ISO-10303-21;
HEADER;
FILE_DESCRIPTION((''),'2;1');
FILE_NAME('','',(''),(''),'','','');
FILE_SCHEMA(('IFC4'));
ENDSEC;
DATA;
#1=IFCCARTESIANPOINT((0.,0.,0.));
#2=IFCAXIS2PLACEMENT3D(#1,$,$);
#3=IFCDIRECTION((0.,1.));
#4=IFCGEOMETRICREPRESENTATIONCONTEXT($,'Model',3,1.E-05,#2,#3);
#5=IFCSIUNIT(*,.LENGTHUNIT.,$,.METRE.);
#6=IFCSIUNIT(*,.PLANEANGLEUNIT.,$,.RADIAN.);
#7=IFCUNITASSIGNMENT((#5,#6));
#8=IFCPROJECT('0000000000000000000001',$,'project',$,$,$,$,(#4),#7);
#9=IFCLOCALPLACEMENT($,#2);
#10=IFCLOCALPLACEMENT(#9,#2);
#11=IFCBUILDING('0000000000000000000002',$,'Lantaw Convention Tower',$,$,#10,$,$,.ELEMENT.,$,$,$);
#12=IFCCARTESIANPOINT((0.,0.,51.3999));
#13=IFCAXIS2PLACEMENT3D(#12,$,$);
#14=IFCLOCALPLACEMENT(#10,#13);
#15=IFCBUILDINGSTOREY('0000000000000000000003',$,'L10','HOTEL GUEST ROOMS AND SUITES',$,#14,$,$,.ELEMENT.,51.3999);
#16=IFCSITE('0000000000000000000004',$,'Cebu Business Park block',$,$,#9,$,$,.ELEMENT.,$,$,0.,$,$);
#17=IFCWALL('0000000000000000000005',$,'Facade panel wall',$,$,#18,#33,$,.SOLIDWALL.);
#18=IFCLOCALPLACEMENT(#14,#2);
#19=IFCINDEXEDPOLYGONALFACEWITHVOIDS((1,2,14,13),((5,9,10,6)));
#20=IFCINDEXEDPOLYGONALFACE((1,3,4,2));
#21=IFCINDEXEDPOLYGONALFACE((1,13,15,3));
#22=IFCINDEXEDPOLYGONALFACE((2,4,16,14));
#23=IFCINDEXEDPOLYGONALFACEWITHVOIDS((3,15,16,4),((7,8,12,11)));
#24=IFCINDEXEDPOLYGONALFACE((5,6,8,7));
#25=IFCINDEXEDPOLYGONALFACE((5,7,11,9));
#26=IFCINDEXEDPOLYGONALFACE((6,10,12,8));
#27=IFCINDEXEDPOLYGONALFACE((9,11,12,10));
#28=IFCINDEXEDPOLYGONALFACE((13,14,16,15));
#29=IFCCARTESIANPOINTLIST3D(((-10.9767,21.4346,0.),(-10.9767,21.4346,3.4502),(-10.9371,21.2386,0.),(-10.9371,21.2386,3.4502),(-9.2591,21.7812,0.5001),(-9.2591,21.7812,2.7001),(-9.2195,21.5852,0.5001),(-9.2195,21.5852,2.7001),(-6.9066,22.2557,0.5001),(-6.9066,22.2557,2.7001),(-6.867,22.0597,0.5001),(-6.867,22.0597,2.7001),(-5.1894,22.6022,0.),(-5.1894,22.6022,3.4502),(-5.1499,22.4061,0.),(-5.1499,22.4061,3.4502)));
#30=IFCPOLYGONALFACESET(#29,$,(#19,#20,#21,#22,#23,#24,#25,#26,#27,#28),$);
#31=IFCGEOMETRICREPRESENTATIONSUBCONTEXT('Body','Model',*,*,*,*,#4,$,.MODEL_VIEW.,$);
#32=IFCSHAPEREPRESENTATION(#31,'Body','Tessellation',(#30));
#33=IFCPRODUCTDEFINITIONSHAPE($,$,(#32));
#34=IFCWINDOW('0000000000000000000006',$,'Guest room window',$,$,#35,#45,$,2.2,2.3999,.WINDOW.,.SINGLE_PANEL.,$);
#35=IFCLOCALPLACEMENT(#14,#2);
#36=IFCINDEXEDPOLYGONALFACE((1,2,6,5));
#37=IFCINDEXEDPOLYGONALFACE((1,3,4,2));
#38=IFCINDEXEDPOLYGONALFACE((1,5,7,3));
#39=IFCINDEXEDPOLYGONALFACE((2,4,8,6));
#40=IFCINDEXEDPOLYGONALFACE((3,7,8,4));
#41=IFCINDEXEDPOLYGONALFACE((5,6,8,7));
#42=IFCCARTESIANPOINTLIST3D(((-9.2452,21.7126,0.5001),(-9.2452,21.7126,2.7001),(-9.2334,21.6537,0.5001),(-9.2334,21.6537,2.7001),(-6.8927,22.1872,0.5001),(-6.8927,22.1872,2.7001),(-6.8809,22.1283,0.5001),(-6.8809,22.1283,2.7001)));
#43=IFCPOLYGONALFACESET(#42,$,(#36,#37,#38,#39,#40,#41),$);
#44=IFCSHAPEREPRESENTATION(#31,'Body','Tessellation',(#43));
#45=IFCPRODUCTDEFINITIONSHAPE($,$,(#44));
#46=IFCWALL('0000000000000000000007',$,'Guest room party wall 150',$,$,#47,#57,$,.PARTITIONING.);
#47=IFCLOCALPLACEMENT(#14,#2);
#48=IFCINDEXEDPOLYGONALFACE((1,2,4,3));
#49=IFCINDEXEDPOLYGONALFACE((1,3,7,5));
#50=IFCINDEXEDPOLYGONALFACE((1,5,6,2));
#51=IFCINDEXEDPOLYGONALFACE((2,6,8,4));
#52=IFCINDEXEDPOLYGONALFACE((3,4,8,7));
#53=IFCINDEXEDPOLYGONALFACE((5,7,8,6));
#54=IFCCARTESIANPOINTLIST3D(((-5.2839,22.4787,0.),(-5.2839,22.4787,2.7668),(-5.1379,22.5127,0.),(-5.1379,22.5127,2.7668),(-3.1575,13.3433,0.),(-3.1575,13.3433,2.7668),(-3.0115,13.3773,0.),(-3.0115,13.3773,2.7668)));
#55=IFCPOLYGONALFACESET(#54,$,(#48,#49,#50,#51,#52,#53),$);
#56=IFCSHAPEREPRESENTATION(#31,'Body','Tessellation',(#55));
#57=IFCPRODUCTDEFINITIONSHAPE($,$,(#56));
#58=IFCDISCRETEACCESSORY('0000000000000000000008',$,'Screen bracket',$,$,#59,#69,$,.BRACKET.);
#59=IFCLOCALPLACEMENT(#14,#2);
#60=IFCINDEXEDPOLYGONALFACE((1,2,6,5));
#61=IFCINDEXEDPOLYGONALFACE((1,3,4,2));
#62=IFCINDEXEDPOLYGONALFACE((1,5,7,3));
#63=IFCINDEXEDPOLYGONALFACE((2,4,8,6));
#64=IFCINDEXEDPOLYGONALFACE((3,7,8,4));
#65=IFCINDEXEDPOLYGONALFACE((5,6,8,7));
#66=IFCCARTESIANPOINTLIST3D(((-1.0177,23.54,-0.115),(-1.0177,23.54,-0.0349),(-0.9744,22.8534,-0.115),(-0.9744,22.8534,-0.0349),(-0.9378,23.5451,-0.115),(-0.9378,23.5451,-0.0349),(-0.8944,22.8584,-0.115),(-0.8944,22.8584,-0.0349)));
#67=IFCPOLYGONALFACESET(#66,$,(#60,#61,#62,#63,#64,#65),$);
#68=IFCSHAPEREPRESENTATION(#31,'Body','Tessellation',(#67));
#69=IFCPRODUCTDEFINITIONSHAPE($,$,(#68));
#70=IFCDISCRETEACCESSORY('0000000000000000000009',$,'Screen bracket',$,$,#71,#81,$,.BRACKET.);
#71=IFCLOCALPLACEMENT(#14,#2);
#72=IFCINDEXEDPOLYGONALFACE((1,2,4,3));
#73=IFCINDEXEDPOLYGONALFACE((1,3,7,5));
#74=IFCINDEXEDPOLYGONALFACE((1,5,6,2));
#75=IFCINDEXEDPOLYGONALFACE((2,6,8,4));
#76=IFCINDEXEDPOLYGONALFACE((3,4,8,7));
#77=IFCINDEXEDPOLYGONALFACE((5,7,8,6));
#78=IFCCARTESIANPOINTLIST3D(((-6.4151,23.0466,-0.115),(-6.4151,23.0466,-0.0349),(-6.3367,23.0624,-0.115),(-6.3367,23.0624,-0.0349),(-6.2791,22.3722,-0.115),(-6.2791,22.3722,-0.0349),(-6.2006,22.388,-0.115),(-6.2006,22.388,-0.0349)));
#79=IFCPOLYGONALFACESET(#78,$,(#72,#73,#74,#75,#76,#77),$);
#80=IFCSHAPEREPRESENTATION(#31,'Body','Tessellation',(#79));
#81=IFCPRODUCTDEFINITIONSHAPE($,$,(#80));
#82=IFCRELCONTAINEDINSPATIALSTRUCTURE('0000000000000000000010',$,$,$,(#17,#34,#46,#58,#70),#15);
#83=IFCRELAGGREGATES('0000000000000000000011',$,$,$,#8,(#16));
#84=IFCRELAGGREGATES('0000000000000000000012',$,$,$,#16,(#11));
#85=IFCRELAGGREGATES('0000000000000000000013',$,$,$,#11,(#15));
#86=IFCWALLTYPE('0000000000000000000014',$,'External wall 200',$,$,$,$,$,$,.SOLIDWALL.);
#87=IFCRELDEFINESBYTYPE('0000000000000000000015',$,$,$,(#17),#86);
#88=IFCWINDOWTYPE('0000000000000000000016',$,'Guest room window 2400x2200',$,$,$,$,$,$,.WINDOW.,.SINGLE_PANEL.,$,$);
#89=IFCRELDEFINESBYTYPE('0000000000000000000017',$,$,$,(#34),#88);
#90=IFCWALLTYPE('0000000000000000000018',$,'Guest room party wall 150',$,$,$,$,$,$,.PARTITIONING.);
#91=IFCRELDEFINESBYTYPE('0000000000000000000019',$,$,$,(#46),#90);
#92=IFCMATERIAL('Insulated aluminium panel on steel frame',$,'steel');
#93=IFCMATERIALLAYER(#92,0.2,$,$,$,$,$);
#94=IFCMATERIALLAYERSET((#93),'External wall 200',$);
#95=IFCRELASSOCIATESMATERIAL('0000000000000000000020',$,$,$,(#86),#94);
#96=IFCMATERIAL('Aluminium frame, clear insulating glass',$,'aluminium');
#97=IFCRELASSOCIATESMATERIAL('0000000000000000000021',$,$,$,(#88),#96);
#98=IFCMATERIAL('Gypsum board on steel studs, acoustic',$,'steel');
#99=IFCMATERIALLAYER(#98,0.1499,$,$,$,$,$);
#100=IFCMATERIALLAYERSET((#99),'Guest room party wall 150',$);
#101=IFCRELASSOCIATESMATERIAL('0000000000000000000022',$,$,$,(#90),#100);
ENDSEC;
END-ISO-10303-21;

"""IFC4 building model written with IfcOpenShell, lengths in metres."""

from ifc_helpers import new_model, si_unit, direction, frame, frame_2d, origin, origin_2d, place, context, subcontext, project, spatial, rectangle, extrude, material, layer, layer_set, type_object, element, fill, save


model = new_model("IFC4")

# Units and contexts
model_context = context("Model", 3, precision=1e-05, world=origin(), true_north=direction((0.0, 1.0)))
body_context = subcontext(model_context, "Body", "Model", "MODEL_VIEW")
ifc_project = project(units=[si_unit("LENGTHUNIT", "METRE"), si_unit("PLANEANGLEUNIT", "RADIAN")], contexts=[model_context])

# Site, building, storey
site_placement = place(None, origin())
site = spatial("IfcSite", under=ifc_project, at=site_placement, Name="Cebu Business Park block", CompositionType="ELEMENT", RefElevation=0.0)
building_placement = place(site_placement, origin())
building = spatial("IfcBuilding", under=site, at=building_placement, Name="Lantaw Convention Tower", CompositionType="ELEMENT")
storey_placement = place(building_placement, frame((0.0, 0.0, 51.3999)))
storey = spatial("IfcBuildingStorey", under=building, at=storey_placement, Name="L10", Description="HOTEL GUEST ROOMS AND SUITES", CompositionType="ELEMENT", Elevation=51.3999)

# Wall, opening, window
ifc_material_1 = material(Name="Insulated aluminium panel on steel frame", Category="steel")
ifc_layer_1 = layer(ifc_material_1, 0.2)
ifc_layer_set_1 = layer_set([ifc_layer_1], Name="External wall 200")
wall_type_1 = type_object("IfcWallType", Name="External wall 200", PredefinedType="SOLIDWALL", material=ifc_layer_set_1)
wall_1_placement = place(storey_placement, frame((-5.1697, 22.5042, 0.0), z_axis=(0.0, 0.0, 1.0), x_axis=(-0.980252, -0.197754, 0.0)))
wall_1 = element("IfcWall", 1, at=wall_1_placement, inside=storey, type_object=wall_type_1, Name="Facade panel wall", PredefinedType="SOLIDWALL", context=body_context, shape_type="SweptSolid", body=[
    extrude(rectangle(XDim=5.9038, YDim=0.2, at=frame_2d((2.9519, 0.0))), origin(), (0.0, 0.0, 1.0), 3.4502),
])
opening_1_placement = place(wall_1_placement, frame((1.7517, 0.0, 0.5)))
opening_1 = element("IfcOpeningElement", 2, at=opening_1_placement, cuts=wall_1, PredefinedType="OPENING", context=body_context, shape_type="SweptSolid", body=[
    extrude(rectangle(XDim=2.3999, YDim=2.2, at=frame_2d((1.2, 1.1001))), frame((0.0, 0.1099, 0.0), z_axis=(0.0, -1.0, 0.0), x_axis=(1.0, 0.0, 0.0)), (0.0, 0.0, 1.0), 0.22),
])
ifc_material_2 = material(Name="Aluminium frame, clear insulating glass", Category="aluminium")
window_type = type_object("IfcWindowType", Name="Guest room window 2400x2200", PartitioningType="SINGLE_PANEL", PredefinedType="WINDOW", material=ifc_material_2)
window_placement = place(opening_1_placement, origin())
window = element("IfcWindow", 3, at=window_placement, inside=storey, type_object=window_type, Name="Guest room window", OverallHeight=2.2, OverallWidth=2.3999, PartitioningType="SINGLE_PANEL", PredefinedType="WINDOW", context=body_context, shape_type="SweptSolid", body=[
    extrude(rectangle(XDim=2.3999, YDim=2.2, at=frame_2d((1.2, 1.1001))), frame((0.0, 0.03, 0.0), z_axis=(0.0, -1.0, 0.0), x_axis=(1.0, 0.0, 0.0)), (0.0, 0.0, 1.0), 0.0601),
])
fill(opening_1, window)

# Wall
ifc_material_3 = material(Name="Gypsum board on steel studs, acoustic", Category="steel")
ifc_layer_2 = layer(ifc_material_3, 0.1499)
ifc_layer_set_2 = layer_set([ifc_layer_2], Name="Guest room party wall 150")
wall_type_2 = type_object("IfcWallType", Name="Guest room party wall 150", PredefinedType="PARTITIONING", material=ifc_layer_set_2)
wall_2_placement = place(storey_placement, frame((-5.2109, 22.4958, 0.0), z_axis=(0.0, 0.0, 1.0), x_axis=(0.226709, -0.973963, 0.0)))
element("IfcWall", 4, at=wall_2_placement, inside=storey, type_object=wall_type_2, Name="Guest room party wall 150", PredefinedType="PARTITIONING", context=body_context, shape_type="SweptSolid", body=[
    extrude(rectangle(XDim=9.3796, YDim=0.1499, at=frame_2d((4.6899, 0.0))), origin(), (0.0, 0.0, 1.0), 2.7668),
])

# Discrete accessories
for number, where, z_axis, x_axis, name in (
    (5, (-0.9561, 23.1992, -0.115), (0.0, 0.0, 1.0), (-0.998016, -0.062958, 0.0), "Screen bracket"),
    (6, (-6.3079, 22.7173, -0.115), (0.0, 0.0, 1.0), (-0.980245, -0.197789, 0.0), "Screen bracket"),
):
    element("IfcDiscreteAccessory", number, at=place(storey_placement, frame(where, z_axis=z_axis, x_axis=x_axis)), inside=storey, Name=name, PredefinedType="BRACKET", context=body_context, shape_type="SweptSolid", body=[
        extrude(rectangle(XDim=0.0801, YDim=0.688, at=origin_2d()), origin(), (0.0, 0.0, 1.0), 0.0801),
    ])

save(model, "model.ifc")
